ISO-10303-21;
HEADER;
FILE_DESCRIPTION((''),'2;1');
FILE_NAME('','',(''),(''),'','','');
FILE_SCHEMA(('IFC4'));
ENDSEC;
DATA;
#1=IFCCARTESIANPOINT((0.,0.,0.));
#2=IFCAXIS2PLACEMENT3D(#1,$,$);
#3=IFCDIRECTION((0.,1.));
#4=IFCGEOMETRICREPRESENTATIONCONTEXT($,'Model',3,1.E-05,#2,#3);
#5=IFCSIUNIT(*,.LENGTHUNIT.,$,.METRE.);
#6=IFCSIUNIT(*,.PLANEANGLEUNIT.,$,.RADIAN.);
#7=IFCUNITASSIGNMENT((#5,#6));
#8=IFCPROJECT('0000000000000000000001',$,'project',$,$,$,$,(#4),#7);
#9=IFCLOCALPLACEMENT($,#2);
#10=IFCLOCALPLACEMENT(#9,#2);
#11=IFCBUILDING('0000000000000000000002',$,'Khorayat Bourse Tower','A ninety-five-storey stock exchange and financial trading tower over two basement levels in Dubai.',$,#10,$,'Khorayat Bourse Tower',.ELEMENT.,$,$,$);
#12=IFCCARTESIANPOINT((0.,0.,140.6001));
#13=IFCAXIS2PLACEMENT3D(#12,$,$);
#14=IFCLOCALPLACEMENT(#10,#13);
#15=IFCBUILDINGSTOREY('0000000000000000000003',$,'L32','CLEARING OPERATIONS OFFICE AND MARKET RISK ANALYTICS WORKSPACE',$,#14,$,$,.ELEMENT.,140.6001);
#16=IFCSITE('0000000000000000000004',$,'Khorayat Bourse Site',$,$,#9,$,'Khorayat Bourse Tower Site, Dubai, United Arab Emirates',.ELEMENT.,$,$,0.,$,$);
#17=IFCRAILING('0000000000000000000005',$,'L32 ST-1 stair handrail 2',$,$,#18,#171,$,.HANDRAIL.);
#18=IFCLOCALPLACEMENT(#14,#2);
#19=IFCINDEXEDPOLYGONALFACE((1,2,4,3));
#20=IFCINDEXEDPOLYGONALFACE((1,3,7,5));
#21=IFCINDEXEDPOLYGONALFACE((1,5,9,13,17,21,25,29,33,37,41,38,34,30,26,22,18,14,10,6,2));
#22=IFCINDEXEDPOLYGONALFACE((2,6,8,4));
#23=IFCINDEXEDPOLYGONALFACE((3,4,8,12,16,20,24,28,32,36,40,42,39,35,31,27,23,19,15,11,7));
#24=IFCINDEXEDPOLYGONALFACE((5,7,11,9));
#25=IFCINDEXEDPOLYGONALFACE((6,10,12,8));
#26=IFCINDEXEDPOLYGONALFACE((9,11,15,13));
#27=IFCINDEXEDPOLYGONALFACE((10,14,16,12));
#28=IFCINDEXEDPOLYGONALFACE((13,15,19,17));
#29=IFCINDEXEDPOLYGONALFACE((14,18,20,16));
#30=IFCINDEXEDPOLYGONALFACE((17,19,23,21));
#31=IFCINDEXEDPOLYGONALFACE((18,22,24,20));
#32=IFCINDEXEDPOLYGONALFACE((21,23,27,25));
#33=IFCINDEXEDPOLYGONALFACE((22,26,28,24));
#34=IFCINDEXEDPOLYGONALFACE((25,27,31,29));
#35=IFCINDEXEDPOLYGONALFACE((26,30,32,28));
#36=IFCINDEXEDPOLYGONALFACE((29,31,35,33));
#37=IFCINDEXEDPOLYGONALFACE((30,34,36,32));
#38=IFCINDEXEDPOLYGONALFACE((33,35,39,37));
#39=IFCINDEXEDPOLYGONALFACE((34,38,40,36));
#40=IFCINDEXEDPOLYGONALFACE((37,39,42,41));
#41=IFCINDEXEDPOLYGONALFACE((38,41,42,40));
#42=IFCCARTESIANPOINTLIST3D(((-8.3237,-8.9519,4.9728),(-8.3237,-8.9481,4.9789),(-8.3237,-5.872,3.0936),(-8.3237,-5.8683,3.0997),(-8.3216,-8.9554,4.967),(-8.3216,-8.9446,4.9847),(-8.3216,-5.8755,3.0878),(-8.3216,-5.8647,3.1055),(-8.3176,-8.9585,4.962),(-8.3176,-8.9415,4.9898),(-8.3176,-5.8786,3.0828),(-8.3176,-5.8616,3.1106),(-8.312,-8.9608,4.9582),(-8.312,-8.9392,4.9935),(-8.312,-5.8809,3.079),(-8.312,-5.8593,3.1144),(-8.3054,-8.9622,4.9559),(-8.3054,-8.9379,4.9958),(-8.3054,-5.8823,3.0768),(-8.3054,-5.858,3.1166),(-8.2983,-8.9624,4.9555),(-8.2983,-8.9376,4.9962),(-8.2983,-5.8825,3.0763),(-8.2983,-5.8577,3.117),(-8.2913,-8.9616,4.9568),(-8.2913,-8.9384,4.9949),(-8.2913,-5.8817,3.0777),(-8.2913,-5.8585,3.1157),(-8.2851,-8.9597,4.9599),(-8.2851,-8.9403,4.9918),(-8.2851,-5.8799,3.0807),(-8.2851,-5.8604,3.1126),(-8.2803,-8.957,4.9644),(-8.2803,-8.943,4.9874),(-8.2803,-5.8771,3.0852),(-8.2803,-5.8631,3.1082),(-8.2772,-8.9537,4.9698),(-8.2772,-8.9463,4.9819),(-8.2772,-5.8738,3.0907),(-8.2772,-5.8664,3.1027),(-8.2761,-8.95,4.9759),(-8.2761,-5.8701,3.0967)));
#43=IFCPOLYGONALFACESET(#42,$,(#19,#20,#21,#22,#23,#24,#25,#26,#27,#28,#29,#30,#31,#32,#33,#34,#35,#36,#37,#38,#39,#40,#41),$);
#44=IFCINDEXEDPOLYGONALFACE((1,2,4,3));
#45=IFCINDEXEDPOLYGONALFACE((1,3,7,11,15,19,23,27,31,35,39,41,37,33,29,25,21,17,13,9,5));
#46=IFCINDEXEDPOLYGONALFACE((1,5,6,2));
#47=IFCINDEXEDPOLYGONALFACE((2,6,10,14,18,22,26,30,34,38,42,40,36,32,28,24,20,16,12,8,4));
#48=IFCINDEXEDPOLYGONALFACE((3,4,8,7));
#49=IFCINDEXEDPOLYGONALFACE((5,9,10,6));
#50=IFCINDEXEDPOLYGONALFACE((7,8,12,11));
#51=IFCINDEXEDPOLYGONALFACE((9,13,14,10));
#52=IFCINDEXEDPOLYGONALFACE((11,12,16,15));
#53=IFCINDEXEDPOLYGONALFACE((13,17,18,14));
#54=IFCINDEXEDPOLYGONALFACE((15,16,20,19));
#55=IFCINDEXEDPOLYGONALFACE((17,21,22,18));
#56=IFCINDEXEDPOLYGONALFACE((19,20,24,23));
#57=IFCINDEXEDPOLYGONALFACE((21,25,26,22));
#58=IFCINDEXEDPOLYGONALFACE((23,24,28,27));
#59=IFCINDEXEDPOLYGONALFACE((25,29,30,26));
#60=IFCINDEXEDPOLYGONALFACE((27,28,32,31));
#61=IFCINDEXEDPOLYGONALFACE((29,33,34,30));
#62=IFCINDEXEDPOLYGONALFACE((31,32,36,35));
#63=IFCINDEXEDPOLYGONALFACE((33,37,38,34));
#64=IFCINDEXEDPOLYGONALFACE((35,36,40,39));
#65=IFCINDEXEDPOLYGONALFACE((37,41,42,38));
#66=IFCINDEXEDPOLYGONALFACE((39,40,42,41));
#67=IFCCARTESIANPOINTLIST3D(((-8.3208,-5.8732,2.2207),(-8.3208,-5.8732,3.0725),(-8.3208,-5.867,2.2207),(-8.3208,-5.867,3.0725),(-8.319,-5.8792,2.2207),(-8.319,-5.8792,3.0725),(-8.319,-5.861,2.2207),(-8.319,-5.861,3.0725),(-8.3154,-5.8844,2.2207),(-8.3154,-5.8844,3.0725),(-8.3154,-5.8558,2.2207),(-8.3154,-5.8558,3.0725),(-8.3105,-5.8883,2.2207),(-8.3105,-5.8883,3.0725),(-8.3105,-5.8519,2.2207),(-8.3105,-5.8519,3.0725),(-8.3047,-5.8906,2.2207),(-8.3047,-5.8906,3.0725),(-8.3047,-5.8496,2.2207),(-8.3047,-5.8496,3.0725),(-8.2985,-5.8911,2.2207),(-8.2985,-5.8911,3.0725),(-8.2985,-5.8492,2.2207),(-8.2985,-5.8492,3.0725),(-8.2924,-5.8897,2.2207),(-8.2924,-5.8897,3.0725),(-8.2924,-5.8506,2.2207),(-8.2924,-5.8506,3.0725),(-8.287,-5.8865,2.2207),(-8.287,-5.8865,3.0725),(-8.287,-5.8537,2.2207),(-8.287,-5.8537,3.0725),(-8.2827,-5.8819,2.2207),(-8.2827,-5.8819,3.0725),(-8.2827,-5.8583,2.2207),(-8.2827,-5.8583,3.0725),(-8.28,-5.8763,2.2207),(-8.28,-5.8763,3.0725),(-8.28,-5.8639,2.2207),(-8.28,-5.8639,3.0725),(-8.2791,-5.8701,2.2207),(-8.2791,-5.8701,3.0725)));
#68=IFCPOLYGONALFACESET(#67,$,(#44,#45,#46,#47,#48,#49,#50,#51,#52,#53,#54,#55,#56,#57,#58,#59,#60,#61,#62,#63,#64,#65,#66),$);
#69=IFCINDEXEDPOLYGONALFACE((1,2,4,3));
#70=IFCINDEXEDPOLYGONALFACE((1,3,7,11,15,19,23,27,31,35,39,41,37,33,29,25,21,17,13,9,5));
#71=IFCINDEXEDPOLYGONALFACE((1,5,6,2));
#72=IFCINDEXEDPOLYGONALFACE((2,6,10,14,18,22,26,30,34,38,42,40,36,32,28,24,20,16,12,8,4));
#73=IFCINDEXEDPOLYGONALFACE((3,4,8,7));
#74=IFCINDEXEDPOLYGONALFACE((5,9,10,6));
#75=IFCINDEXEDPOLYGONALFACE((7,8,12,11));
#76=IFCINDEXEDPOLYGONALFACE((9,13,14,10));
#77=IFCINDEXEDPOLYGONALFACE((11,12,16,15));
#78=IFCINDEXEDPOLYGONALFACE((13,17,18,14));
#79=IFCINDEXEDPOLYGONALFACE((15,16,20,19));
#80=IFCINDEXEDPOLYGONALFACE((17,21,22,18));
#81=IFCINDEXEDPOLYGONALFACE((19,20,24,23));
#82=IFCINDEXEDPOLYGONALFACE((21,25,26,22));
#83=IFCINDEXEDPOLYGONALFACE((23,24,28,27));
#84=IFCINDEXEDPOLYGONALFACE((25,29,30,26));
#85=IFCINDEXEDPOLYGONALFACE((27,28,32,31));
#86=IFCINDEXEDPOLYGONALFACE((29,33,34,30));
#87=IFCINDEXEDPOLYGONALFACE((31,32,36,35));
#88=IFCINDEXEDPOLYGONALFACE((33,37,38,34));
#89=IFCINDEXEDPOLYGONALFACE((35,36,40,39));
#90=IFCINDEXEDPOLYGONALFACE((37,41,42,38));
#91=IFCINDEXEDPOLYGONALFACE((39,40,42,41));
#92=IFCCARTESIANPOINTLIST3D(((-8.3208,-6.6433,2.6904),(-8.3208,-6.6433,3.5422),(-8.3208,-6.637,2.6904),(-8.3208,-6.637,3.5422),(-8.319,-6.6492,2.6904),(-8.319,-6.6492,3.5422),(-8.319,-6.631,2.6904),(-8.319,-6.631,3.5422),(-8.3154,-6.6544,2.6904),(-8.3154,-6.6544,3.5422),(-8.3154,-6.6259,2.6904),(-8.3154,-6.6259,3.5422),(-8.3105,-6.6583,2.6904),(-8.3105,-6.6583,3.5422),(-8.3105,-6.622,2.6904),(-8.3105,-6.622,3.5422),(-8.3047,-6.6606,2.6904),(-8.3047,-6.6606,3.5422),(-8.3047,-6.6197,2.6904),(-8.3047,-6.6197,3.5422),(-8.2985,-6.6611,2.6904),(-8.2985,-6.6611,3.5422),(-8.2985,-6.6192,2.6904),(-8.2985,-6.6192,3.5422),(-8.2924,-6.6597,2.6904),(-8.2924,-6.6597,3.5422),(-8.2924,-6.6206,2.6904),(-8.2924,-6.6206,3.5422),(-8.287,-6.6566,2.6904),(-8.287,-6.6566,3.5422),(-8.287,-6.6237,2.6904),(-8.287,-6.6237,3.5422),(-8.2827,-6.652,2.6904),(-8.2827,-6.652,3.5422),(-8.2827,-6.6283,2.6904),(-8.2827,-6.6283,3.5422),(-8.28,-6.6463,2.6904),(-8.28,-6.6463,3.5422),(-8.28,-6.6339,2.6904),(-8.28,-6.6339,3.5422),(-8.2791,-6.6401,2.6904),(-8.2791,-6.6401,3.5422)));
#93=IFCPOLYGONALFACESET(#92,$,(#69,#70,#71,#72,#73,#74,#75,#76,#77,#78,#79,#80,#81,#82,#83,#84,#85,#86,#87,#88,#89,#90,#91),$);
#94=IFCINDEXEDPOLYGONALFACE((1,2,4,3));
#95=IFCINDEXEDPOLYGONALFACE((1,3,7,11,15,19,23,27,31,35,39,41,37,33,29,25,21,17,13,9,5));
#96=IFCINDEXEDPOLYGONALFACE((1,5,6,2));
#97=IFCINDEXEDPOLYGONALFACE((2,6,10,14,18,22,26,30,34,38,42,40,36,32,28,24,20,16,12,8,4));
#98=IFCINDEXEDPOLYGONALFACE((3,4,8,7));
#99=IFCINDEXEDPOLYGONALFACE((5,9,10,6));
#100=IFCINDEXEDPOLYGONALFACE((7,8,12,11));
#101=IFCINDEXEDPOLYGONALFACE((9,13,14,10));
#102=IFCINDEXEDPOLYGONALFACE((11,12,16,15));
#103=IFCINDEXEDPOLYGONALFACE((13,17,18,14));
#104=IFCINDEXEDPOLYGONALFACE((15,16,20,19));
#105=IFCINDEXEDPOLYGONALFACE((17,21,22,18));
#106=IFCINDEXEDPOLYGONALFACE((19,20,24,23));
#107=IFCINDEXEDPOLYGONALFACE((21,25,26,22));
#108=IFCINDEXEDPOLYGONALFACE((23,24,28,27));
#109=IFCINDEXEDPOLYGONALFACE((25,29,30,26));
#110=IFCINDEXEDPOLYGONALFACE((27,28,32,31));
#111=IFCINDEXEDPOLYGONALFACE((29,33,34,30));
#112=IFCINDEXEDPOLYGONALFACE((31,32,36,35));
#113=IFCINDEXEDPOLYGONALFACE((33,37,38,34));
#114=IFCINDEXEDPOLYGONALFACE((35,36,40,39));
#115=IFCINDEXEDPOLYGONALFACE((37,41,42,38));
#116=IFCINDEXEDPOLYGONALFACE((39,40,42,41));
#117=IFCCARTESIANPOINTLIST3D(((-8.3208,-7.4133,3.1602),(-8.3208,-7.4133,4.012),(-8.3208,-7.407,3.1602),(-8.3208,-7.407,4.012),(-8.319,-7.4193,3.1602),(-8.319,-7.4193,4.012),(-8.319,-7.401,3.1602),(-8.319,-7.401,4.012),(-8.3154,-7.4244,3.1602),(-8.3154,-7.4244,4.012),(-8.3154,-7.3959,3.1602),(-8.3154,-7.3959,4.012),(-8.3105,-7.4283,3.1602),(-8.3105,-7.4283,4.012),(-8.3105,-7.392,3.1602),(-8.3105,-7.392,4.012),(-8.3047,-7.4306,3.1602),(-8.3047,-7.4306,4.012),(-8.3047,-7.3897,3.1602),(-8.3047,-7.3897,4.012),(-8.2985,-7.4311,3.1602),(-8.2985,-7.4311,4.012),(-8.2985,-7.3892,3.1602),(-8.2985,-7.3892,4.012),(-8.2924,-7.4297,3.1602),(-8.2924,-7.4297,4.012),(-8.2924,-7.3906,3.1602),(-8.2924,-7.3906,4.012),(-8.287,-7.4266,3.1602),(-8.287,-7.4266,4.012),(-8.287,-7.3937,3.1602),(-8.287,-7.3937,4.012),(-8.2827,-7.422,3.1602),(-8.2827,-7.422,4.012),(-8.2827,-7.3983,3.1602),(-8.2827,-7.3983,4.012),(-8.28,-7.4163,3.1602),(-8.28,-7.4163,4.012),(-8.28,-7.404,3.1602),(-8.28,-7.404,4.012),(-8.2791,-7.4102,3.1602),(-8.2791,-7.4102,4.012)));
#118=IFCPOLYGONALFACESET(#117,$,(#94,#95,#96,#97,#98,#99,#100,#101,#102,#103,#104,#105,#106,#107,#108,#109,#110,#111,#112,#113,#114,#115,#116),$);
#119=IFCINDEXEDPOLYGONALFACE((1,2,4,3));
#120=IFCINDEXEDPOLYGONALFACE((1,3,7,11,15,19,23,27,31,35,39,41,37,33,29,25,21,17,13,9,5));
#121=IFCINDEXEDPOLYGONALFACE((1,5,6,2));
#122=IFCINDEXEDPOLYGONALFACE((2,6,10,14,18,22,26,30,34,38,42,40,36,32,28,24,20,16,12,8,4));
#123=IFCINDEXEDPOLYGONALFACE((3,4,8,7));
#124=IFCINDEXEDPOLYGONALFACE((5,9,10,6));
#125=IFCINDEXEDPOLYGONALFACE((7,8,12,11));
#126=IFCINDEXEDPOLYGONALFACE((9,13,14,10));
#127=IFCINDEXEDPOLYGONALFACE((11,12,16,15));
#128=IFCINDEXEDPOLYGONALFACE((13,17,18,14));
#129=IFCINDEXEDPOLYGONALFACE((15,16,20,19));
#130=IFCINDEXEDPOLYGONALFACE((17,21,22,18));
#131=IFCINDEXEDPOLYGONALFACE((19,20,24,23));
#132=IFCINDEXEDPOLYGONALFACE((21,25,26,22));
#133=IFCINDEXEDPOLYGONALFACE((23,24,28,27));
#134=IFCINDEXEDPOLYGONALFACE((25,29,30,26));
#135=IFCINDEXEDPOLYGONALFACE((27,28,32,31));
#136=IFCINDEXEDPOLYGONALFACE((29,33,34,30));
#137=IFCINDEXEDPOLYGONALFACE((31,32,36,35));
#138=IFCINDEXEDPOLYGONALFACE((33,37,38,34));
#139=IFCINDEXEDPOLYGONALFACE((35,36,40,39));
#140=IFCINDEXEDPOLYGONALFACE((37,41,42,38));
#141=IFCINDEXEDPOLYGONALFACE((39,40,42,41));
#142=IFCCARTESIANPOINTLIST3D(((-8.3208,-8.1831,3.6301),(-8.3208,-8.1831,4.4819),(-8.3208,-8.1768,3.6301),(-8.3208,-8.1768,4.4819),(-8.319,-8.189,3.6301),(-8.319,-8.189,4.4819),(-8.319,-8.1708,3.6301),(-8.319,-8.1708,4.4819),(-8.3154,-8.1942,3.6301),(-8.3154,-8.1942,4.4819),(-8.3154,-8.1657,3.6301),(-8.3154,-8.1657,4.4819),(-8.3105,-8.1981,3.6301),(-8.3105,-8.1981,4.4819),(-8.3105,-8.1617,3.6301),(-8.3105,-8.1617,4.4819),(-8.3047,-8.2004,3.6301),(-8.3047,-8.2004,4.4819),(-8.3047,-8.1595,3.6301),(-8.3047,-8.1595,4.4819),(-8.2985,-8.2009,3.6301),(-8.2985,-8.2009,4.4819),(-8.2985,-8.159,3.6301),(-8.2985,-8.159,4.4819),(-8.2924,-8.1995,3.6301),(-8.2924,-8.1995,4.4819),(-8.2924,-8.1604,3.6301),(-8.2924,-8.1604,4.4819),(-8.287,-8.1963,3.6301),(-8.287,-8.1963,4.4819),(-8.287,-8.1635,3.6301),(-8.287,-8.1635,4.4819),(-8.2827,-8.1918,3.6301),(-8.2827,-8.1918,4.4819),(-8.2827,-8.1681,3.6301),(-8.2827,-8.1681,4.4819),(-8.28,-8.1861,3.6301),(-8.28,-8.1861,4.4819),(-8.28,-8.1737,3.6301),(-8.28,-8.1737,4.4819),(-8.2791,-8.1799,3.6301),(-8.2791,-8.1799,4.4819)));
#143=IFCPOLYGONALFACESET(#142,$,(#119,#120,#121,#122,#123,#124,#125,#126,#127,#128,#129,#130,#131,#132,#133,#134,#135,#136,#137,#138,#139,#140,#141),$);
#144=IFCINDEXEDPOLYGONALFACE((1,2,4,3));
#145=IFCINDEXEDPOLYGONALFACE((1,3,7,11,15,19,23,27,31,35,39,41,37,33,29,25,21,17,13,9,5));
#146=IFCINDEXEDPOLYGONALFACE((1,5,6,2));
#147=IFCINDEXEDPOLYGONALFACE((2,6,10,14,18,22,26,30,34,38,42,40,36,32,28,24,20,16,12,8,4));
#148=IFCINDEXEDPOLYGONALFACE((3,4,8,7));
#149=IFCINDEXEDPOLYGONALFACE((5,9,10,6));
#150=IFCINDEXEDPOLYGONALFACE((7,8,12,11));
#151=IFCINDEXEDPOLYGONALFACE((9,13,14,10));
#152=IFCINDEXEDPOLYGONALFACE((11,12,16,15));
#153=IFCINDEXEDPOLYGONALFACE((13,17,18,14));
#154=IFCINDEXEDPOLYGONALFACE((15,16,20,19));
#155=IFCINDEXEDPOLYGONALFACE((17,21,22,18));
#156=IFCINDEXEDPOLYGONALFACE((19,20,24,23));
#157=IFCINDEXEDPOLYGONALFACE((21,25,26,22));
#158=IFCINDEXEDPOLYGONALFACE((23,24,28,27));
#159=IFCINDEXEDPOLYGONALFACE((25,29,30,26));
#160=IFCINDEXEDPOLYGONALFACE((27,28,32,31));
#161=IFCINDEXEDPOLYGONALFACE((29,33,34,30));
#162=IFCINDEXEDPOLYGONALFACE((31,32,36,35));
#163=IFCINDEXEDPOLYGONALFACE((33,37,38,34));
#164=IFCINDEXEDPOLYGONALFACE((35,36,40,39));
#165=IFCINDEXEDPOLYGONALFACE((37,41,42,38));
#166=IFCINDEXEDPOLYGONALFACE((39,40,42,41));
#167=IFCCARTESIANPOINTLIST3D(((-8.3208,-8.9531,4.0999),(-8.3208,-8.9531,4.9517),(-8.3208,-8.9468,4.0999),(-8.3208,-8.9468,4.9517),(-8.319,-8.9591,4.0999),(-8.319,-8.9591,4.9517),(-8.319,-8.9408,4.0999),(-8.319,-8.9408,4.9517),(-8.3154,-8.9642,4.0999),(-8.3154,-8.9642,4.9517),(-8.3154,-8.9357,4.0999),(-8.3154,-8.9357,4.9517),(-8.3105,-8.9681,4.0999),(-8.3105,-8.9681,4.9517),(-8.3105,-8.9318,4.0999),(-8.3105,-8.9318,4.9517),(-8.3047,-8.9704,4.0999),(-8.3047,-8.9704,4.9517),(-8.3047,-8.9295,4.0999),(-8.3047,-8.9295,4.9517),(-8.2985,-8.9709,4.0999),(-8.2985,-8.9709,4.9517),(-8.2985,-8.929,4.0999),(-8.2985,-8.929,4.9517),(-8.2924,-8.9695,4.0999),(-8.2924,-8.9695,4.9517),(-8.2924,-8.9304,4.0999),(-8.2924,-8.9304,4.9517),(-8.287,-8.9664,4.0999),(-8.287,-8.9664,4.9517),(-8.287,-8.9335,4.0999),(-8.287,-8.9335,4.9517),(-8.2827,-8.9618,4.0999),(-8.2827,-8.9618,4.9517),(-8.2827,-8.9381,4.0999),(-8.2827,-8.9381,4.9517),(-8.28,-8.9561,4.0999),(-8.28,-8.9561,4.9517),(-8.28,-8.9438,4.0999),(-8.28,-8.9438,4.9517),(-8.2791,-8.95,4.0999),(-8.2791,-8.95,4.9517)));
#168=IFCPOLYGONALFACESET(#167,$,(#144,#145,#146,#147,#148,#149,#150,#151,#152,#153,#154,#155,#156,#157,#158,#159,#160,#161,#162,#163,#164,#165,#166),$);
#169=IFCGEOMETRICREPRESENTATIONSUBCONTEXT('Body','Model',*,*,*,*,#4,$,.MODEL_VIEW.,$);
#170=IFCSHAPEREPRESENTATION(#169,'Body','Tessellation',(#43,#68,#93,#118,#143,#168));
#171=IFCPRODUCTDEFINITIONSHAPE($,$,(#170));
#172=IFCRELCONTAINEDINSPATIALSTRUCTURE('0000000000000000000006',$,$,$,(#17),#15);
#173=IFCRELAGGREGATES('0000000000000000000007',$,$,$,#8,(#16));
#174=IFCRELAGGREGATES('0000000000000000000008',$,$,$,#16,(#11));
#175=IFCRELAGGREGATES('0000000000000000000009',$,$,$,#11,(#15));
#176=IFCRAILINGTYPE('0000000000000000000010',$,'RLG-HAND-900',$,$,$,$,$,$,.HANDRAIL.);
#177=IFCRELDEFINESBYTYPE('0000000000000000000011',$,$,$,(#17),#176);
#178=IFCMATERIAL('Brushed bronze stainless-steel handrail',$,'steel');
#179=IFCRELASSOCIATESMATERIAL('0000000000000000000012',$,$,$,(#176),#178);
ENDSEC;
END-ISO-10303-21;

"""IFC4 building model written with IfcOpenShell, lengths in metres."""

from ifc_helpers import new_model, si_unit, direction, frame, origin, origin_2d, place, context, subcontext, project, spatial, circle, extrude, source, transform, mapped, material, type_object, element, save


model = new_model("IFC4")

# Units and contexts
model_context = context("Model", 3, precision=1e-05, world=origin(), true_north=direction((0.0, 1.0)))
body_context = subcontext(model_context, "Body", "Model", "MODEL_VIEW")
ifc_project = project(units=[si_unit("LENGTHUNIT", "METRE"), si_unit("PLANEANGLEUNIT", "RADIAN")], contexts=[model_context])

# Site, building, storey
site_placement = place(None, origin())
site = spatial("IfcSite", under=ifc_project, at=site_placement, Name="Khorayat Bourse Site", LongName="Khorayat Bourse Tower Site, Dubai, United Arab Emirates", CompositionType="ELEMENT", RefElevation=0.0)
building_placement = place(site_placement, origin())
building = spatial("IfcBuilding", under=site, at=building_placement, Name="Khorayat Bourse Tower", Description="A ninety-five-storey stock exchange and financial trading tower over two basement levels in Dubai.", LongName="Khorayat Bourse Tower", CompositionType="ELEMENT")
storey_placement = place(building_placement, frame((0.0, 0.0, 140.6001)))
storey = spatial("IfcBuildingStorey", under=building, at=storey_placement, Name="L32", Description="CLEARING OPERATIONS OFFICE AND MARKET RISK ANALYTICS WORKSPACE", CompositionType="ELEMENT", Elevation=140.6001)

# Railing
ifc_material_1 = material(Name="Brushed bronze stainless-steel handrail", Category="steel")
railing_type_1 = type_object("IfcRailingType", Name="RLG-HAND-900", PredefinedType="HANDRAIL", material=ifc_material_1)
shared_shape_1 = source(origin(), body_context, "Body", "SweptSolid", [
    extrude(circle(Radius=0.0239, at=origin_2d()), frame((0.0, 0.0, 0.876), z_axis=(0.0, -0.853648, 0.52085), x_axis=(1.0, 0.0, 0.0)), (0.0, 0.0, 1.0), 3.6079),
    extrude(circle(Radius=0.021, at=origin_2d()), origin(), (0.0, 0.0, 1.0), 0.8518),
    extrude(circle(Radius=0.021, at=origin_2d()), frame((0.0, -0.77, 0.4697)), (0.0, 0.0, 1.0), 0.8518),
    extrude(circle(Radius=0.021, at=origin_2d()), frame((0.0, -1.54, 0.9395)), (0.0, 0.0, 1.0), 0.8518),
    extrude(circle(Radius=0.021, at=origin_2d()), frame((0.0, -2.3098, 1.4094)), (0.0, 0.0, 1.0), 0.8518),
    extrude(circle(Radius=0.021, at=origin_2d()), frame((0.0, -3.0798, 1.8792)), (0.0, 0.0, 1.0), 0.8518),
])
railing_1_placement = place(storey_placement, frame((-8.3, -5.8701, 2.2207)))
element("IfcRailing", 1, at=railing_1_placement, inside=storey, type_object=railing_type_1, Name="L32 ST-1 stair handrail 2", PredefinedType="HANDRAIL", context=body_context, shape_type="MappedRepresentation", body=[
    mapped(shared_shape_1, transform((0.0, 0.0, 0.0), scale=1.0)),
])

save(model, "model.ifc")
